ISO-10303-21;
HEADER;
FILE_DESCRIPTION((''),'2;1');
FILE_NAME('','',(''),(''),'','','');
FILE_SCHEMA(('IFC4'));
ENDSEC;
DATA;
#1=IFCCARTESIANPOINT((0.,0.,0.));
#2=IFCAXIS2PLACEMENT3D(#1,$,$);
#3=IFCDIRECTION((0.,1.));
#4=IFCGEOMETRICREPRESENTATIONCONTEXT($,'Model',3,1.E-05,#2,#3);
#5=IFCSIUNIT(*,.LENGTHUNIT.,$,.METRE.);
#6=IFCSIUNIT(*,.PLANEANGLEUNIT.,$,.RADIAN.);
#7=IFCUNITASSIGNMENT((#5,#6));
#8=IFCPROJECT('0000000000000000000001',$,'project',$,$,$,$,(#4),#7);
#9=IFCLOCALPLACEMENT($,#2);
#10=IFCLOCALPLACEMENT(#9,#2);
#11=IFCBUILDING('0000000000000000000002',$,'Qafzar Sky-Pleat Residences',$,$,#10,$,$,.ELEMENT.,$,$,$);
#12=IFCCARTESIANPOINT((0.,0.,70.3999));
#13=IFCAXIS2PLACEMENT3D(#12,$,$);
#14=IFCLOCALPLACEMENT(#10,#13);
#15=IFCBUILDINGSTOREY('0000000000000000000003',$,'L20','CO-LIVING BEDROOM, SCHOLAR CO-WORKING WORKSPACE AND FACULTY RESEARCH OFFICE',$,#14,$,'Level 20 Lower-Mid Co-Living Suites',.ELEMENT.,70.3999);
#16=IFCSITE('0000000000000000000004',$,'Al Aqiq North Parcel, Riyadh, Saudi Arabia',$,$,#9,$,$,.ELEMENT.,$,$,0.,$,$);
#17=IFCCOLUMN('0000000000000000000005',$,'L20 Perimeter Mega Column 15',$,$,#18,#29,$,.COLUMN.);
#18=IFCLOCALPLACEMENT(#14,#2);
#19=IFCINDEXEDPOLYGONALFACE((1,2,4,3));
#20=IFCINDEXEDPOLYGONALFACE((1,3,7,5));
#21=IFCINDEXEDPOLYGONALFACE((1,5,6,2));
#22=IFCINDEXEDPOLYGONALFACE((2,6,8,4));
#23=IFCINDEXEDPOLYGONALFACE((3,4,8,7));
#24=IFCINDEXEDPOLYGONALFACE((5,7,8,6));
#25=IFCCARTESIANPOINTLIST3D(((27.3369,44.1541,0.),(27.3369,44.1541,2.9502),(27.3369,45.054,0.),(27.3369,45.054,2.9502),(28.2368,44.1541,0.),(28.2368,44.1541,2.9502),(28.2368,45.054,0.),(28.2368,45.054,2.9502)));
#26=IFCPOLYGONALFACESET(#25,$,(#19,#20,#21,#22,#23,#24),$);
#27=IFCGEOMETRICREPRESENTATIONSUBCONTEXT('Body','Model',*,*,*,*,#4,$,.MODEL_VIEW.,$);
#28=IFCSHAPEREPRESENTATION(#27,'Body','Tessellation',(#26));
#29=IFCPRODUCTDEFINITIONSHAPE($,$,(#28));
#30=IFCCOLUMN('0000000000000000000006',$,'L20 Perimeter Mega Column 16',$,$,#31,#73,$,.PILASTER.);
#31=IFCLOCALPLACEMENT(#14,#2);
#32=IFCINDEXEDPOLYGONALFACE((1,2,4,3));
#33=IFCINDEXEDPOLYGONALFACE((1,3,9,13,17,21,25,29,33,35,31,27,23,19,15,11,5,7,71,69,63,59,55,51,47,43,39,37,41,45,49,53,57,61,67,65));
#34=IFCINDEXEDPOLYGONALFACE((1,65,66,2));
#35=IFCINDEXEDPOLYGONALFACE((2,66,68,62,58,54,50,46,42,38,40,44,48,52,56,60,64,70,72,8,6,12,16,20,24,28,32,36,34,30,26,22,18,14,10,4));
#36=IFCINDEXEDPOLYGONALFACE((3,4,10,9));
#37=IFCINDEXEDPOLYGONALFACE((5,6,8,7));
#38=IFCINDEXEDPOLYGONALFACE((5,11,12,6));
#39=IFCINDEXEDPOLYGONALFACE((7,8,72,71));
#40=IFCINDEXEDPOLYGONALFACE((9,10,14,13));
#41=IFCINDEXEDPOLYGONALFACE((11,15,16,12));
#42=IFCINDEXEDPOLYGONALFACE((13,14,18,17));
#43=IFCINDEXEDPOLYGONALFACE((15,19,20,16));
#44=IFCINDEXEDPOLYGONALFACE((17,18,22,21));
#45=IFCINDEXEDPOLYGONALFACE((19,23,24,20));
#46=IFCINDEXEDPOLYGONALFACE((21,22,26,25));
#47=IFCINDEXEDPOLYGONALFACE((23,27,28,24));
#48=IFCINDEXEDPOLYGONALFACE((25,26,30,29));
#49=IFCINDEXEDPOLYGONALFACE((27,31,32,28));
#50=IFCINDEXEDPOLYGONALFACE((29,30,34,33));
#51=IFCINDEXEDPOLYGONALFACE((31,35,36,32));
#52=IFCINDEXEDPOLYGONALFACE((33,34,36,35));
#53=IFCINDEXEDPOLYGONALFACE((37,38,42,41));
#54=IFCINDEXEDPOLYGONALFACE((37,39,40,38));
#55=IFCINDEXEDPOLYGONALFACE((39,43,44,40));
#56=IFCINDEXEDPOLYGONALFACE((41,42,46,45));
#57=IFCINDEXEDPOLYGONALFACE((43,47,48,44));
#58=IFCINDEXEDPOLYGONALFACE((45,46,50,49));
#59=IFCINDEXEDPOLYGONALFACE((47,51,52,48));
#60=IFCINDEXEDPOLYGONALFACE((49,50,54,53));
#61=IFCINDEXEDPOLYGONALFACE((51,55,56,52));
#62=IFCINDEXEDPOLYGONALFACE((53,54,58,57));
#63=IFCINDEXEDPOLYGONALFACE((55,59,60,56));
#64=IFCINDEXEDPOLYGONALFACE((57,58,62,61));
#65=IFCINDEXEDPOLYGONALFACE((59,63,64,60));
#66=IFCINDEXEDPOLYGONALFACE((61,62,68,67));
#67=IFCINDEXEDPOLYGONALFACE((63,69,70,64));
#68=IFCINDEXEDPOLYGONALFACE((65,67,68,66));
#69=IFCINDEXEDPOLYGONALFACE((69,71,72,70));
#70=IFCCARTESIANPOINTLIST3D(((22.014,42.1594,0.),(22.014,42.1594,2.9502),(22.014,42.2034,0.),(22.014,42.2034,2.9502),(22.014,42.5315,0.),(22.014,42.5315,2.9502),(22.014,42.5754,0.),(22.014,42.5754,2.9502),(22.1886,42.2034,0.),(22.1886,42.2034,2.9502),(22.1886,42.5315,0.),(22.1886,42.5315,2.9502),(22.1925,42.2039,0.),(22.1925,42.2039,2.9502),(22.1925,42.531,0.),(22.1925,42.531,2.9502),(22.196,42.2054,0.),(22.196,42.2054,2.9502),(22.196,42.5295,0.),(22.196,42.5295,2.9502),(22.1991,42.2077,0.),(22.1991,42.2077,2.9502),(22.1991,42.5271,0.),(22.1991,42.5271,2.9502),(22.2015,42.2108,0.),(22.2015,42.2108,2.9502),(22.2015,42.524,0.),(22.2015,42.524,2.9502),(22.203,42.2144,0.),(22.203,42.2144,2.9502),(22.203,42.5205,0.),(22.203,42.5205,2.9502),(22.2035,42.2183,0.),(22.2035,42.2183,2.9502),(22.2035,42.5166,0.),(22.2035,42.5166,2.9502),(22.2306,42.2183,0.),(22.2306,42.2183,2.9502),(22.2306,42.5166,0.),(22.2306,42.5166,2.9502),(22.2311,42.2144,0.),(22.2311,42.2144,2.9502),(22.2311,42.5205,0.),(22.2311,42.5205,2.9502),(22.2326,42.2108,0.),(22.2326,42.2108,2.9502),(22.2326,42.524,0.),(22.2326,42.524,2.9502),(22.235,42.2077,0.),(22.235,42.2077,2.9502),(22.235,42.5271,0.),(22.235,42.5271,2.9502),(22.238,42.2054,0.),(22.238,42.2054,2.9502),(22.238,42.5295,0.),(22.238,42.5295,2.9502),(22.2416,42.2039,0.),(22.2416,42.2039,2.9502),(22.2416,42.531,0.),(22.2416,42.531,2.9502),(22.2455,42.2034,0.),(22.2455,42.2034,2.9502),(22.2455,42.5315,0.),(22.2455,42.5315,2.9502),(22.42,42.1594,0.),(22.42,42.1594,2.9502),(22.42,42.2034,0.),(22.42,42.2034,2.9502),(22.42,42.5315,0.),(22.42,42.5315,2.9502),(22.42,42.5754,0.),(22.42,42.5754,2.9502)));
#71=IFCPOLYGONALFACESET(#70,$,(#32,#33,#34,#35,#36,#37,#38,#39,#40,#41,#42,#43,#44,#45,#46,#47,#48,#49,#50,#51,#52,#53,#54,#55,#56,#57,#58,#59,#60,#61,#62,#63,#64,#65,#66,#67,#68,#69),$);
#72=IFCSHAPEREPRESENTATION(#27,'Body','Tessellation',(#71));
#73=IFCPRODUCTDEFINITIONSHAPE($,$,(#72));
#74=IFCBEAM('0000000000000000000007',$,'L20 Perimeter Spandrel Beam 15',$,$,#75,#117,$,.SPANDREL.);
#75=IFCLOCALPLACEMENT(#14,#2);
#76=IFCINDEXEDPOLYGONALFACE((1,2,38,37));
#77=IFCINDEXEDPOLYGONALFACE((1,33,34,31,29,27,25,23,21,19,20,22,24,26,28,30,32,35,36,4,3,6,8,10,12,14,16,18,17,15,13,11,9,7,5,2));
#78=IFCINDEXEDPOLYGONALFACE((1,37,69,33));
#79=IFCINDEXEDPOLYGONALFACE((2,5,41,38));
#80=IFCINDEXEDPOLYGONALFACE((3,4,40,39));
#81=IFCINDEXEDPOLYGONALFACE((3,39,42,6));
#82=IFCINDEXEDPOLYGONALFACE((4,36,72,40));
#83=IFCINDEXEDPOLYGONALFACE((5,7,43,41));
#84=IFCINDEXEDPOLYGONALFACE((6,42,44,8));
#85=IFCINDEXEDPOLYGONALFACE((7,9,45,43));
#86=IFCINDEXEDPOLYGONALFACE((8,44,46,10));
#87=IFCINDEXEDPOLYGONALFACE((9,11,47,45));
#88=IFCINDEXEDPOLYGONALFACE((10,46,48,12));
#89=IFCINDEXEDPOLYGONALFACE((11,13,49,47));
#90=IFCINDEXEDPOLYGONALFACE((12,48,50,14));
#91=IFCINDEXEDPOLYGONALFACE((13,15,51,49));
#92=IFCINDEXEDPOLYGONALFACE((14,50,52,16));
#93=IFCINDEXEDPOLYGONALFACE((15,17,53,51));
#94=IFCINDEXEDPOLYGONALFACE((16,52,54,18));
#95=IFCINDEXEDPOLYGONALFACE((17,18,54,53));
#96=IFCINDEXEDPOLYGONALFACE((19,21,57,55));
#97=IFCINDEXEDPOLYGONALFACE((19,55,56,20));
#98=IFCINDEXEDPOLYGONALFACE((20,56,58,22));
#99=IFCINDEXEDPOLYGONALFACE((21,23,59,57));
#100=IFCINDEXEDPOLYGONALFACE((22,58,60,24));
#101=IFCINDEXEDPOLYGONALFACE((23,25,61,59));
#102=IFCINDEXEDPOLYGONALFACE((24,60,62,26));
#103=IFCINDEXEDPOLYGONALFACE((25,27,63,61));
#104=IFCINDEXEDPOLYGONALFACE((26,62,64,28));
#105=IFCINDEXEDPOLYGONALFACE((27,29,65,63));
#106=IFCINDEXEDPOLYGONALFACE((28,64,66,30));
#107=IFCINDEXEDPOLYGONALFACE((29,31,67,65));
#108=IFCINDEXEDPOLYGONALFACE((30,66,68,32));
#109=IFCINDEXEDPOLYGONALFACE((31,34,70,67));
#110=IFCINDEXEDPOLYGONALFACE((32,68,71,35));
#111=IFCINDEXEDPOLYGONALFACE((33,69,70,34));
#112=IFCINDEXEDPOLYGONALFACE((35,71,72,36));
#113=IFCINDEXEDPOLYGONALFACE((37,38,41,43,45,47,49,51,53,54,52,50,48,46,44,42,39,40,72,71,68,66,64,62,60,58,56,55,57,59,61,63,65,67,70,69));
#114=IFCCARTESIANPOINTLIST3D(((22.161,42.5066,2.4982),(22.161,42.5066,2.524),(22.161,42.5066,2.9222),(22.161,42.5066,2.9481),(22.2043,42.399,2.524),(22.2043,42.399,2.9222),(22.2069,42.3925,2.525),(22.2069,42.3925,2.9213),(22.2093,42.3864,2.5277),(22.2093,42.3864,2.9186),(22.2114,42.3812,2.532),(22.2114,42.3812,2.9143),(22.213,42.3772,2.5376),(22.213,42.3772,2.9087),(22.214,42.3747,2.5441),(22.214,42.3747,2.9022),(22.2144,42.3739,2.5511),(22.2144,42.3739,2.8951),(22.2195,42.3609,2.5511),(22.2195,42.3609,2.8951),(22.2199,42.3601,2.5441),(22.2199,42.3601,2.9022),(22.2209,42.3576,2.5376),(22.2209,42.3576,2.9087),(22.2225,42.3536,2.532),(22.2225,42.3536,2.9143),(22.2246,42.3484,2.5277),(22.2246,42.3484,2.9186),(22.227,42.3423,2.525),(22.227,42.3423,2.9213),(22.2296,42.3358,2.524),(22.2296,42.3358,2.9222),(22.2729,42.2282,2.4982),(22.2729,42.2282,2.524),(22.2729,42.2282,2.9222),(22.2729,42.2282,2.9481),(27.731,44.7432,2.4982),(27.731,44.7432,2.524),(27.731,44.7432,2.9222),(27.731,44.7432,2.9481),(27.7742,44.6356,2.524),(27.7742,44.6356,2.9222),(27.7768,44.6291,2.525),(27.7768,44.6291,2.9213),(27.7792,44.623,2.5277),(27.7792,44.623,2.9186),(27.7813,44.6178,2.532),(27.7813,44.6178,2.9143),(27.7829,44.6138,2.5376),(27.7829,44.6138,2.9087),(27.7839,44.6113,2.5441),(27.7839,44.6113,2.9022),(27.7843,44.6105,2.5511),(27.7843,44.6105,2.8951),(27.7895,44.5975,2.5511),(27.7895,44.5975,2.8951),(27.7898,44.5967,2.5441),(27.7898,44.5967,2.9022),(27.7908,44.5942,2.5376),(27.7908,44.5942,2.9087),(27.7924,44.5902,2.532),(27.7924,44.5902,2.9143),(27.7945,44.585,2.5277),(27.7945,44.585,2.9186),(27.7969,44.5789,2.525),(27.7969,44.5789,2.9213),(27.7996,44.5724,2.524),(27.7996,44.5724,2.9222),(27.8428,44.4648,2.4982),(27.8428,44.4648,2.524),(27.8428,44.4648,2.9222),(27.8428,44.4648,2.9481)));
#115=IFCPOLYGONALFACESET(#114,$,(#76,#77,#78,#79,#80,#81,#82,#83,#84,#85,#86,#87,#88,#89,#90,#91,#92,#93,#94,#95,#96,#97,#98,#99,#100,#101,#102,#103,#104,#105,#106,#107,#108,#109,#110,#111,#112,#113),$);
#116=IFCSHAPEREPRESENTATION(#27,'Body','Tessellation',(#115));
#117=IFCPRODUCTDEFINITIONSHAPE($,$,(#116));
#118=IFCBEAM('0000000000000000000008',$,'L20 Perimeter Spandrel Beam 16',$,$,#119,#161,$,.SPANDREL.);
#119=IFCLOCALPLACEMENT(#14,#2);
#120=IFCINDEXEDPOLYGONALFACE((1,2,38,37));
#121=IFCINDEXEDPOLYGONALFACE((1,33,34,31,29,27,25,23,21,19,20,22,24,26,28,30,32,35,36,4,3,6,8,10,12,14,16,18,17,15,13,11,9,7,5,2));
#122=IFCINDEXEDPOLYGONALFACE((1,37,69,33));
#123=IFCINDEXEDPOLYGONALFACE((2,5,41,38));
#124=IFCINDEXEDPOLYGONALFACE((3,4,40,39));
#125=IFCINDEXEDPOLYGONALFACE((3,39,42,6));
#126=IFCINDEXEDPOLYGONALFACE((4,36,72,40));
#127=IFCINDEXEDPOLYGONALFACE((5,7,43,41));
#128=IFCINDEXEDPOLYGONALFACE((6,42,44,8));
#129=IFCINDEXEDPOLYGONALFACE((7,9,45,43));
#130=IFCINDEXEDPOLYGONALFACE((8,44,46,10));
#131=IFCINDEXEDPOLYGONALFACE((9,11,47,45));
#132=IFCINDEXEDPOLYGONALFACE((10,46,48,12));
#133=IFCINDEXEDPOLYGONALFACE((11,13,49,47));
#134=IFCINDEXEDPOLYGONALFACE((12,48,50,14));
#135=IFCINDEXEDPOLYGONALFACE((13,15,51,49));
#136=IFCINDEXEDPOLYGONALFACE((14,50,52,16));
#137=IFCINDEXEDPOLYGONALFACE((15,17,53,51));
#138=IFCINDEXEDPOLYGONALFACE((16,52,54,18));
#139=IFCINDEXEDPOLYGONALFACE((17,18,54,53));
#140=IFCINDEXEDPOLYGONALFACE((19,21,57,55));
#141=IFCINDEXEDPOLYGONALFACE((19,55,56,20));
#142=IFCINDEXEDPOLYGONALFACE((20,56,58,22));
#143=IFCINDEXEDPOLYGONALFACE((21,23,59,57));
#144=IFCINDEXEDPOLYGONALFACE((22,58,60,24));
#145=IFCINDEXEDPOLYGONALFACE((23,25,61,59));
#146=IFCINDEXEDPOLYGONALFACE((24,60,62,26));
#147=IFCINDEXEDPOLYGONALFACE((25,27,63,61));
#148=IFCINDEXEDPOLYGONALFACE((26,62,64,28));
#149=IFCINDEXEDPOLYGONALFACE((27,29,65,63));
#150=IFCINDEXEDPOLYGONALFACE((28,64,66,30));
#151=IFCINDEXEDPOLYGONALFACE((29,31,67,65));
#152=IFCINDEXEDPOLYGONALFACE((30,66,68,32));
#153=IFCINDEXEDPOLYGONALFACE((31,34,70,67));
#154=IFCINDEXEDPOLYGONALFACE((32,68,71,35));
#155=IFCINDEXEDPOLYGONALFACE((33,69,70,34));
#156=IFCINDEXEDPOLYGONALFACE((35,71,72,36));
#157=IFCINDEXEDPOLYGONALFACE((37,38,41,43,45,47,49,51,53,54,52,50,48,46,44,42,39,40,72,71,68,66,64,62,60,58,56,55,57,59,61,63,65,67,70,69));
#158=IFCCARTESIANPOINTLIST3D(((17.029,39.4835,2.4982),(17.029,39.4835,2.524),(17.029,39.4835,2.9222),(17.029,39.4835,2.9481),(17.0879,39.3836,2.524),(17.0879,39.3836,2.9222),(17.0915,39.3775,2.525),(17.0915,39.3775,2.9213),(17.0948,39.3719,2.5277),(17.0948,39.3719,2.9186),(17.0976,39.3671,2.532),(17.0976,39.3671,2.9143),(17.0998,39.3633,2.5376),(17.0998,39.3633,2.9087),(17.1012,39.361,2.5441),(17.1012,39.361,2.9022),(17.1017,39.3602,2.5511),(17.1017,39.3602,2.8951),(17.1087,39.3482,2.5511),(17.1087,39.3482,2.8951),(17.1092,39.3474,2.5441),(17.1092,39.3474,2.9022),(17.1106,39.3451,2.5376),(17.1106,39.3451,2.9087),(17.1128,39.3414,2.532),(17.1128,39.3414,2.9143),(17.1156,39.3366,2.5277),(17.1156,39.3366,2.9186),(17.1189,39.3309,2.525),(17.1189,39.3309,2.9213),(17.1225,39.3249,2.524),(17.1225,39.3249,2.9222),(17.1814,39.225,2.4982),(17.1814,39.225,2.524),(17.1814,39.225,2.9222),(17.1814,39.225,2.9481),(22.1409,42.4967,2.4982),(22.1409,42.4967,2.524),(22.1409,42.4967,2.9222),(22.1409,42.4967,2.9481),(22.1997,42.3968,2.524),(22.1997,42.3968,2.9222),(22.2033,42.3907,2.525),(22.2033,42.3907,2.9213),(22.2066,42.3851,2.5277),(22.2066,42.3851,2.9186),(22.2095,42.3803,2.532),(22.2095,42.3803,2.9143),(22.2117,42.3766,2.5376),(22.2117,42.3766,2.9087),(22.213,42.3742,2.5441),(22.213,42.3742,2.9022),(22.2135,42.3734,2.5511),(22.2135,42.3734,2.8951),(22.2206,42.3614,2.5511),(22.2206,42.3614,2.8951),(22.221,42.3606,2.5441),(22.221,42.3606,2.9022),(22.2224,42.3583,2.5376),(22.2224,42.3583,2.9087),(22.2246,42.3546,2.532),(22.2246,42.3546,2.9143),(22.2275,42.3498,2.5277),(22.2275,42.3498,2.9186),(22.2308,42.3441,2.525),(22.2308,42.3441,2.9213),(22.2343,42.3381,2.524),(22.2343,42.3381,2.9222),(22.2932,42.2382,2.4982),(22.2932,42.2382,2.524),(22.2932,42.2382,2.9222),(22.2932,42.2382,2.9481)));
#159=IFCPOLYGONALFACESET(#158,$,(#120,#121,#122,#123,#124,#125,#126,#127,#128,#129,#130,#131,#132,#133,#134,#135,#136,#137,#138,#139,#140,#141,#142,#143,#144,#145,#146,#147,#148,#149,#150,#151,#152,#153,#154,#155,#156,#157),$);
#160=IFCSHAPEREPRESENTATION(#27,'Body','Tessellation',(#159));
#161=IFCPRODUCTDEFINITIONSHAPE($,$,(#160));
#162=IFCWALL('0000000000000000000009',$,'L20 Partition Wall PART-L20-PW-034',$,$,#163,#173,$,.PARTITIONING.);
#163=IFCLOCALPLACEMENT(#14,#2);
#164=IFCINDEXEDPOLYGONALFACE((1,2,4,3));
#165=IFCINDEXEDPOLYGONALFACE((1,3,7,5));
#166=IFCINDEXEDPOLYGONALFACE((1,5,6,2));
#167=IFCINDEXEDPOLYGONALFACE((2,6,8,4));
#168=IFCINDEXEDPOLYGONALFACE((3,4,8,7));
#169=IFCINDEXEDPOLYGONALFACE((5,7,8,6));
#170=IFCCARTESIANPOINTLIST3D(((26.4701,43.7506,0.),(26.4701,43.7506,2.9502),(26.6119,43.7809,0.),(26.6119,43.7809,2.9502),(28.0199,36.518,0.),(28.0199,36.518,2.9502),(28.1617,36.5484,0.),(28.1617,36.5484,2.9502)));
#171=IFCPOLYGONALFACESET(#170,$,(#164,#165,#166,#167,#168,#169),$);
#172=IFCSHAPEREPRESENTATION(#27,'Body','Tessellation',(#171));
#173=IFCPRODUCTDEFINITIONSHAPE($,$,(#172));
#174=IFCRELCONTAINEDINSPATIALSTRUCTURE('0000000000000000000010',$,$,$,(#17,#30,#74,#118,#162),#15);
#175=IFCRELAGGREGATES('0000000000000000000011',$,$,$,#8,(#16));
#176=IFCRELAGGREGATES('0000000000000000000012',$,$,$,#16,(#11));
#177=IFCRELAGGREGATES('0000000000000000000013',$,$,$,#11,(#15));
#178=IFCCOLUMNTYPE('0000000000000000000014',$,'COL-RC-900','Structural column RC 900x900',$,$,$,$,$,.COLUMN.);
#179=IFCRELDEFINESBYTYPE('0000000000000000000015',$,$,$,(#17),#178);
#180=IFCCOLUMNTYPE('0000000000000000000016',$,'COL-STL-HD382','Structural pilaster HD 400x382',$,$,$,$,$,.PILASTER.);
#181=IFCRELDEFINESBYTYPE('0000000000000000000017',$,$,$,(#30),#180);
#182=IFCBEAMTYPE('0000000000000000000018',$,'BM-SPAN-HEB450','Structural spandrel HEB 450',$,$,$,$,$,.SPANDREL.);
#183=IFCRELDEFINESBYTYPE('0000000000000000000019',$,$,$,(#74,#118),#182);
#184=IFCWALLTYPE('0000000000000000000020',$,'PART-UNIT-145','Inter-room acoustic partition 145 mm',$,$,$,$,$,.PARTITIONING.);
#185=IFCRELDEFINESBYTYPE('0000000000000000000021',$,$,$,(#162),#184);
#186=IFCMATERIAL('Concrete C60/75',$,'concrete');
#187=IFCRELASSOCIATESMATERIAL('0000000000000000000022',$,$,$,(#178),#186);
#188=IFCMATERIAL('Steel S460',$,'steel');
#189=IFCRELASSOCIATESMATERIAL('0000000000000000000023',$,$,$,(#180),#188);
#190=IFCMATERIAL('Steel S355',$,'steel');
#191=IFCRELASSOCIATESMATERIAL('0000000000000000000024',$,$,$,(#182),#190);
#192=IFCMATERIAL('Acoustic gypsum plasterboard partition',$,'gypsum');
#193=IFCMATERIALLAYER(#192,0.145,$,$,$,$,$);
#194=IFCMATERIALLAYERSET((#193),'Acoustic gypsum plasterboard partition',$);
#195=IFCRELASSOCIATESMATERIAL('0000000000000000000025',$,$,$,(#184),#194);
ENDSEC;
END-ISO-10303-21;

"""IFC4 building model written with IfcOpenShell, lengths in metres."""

from ifc_helpers import new_model, si_unit, direction, frame, frame_2d, origin, origin_2d, place, context, subcontext, project, spatial, rectangle, i_section, extrude, source, transform, mapped, material, layer, layer_set, material_profile, profile_set, type_object, element, save


model = new_model("IFC4")

# Units and contexts
model_context = context("Model", 3, precision=1e-05, world=origin(), true_north=direction((0.0, 1.0)))
body_context = subcontext(model_context, "Body", "Model", "MODEL_VIEW")
ifc_project = project(units=[si_unit("LENGTHUNIT", "METRE"), si_unit("PLANEANGLEUNIT", "RADIAN")], contexts=[model_context])

# Site, building, storey
site_placement = place(None, origin())
site = spatial("IfcSite", under=ifc_project, at=site_placement, Name="Al Aqiq North Parcel, Riyadh, Saudi Arabia", CompositionType="ELEMENT", RefElevation=0.0)
building_placement = place(site_placement, origin())
building = spatial("IfcBuilding", under=site, at=building_placement, Name="Qafzar Sky-Pleat Residences", CompositionType="ELEMENT")
storey_placement = place(building_placement, frame((0.0, 0.0, 70.3999)))
storey = spatial("IfcBuildingStorey", under=building, at=storey_placement, Name="L20", Description="CO-LIVING BEDROOM, SCHOLAR CO-WORKING WORKSPACE AND FACULTY RESEARCH OFFICE", LongName="Level 20 Lower-Mid Co-Living Suites", CompositionType="ELEMENT", Elevation=70.3999)

# Columns
ifc_material_1 = material(Name="Concrete C60/75", Category="concrete")
ifc_material_profile_1 = material_profile(ifc_material_1, rectangle(XDim=0.8999, YDim=0.8999, at=origin_2d()), Name="RC 900x900")
ifc_profile_set_1 = profile_set([ifc_material_profile_1], Name="Concrete C60/75")
column_type_1 = type_object("IfcColumnType", Name="COL-RC-900", Description="Structural column RC 900x900", PredefinedType="COLUMN", material=ifc_profile_set_1)
shared_shape_1 = source(origin(), body_context, "Body", "SweptSolid", [
    extrude(rectangle(XDim=0.8999, YDim=0.8999, at=origin_2d()), origin(), (0.0, 0.0, 1.0), 2.9502),
])
column_1_placement = place(storey_placement, frame((27.7869, 44.604, 0.0), z_axis=(0.0, 0.0, 1.0), x_axis=(1.0, 0.0, 0.0)))
element("IfcColumn", 1, at=column_1_placement, inside=storey, type_object=column_type_1, Name="L20 Perimeter Mega Column 15", PredefinedType="COLUMN", context=body_context, shape_type="MappedRepresentation", body=[
    mapped(shared_shape_1, transform((0.0, 0.0, 0.0), x_axis=(1.0, 0.0, 0.0), y_axis=(0.0, 1.0, 0.0), z_axis=(0.0, 0.0, 1.0), scale=1.0)),
])
ifc_material_2 = material(Name="Steel S460", Category="steel")
ifc_material_profile_2 = material_profile(ifc_material_2, i_section(OverallWidth=0.406, OverallDepth=0.416, WebThickness=0.0271, FlangeThickness=0.0439, FilletRadius=0.0149, at=origin_2d()), Name="HD 400x382")
ifc_profile_set_2 = profile_set([ifc_material_profile_2], Name="Steel S460")
column_type_2 = type_object("IfcColumnType", Name="COL-STL-HD382", Description="Structural pilaster HD 400x382", PredefinedType="PILASTER", material=ifc_profile_set_2)
shared_shape_2 = source(origin(), body_context, "Body", "SweptSolid", [
    extrude(i_section(OverallWidth=0.406, OverallDepth=0.416, WebThickness=0.0271, FlangeThickness=0.0439, FilletRadius=0.0149, at=origin_2d()), origin(), (0.0, 0.0, 1.0), 2.9502),
])
column_2_placement = place(storey_placement, frame((22.217, 42.3674, 0.0), z_axis=(0.0, 0.0, 1.0), x_axis=(1.0, 0.0, 0.0)))
element("IfcColumn", 2, at=column_2_placement, inside=storey, type_object=column_type_2, Name="L20 Perimeter Mega Column 16", PredefinedType="PILASTER", context=body_context, shape_type="MappedRepresentation", body=[
    mapped(shared_shape_2, transform((0.0, 0.0, 0.0), x_axis=(1.0, 0.0, 0.0), y_axis=(0.0, 1.0, 0.0), z_axis=(0.0, 0.0, 1.0), scale=1.0)),
])

# Beams
ifc_material_3 = material(Name="Steel S355", Category="steel")
ifc_material_profile_3 = material_profile(ifc_material_3, i_section(OverallWidth=0.3, OverallDepth=0.45, WebThickness=0.0139, FlangeThickness=0.0259, FilletRadius=0.0271, at=origin_2d()), Name="HEB 450")
ifc_profile_set_3 = profile_set([ifc_material_profile_3], Name="Steel S355")
beam_type = type_object("IfcBeamType", Name="BM-SPAN-HEB450", Description="Structural spandrel HEB 450", PredefinedType="SPANDREL", material=ifc_profile_set_3)
shared_shape_3 = source(origin(), body_context, "Body", "SweptSolid", [
    extrude(i_section(OverallWidth=0.3, OverallDepth=0.45, WebThickness=0.0139, FlangeThickness=0.0259, FilletRadius=0.0271, at=origin_2d()), origin(), (0.0, 0.0, 1.0), 6.0022),
])
beam_1_placement = place(storey_placement, frame((27.7869, 44.604, 2.7231), z_axis=(-0.927979, -0.372632, 0.0), x_axis=(0.372632, -0.927979, 0.0)))
element("IfcBeam", 3, at=beam_1_placement, inside=storey, type_object=beam_type, Name="L20 Perimeter Spandrel Beam 15", PredefinedType="SPANDREL", context=body_context, shape_type="MappedRepresentation", body=[
    mapped(shared_shape_3, transform((0.0, 0.0, 0.0), x_axis=(1.0, 0.0, 0.0), y_axis=(0.0, 1.0, 0.0), z_axis=(0.0, 0.0, 1.0), scale=1.0)),
])
shared_shape_4 = source(origin(), body_context, "Body", "SweptSolid", [
    extrude(i_section(OverallWidth=0.3, OverallDepth=0.45, WebThickness=0.0139, FlangeThickness=0.0259, FilletRadius=0.0271, at=origin_2d()), origin(), (0.0, 0.0, 1.0), 5.9338),
])
beam_2_placement = place(storey_placement, frame((22.217, 42.3674, 2.7231), z_axis=(-0.861475, -0.5078, 0.0), x_axis=(0.5078, -0.861475, 0.0)))
element("IfcBeam", 4, at=beam_2_placement, inside=storey, type_object=beam_type, Name="L20 Perimeter Spandrel Beam 16", PredefinedType="SPANDREL", context=body_context, shape_type="MappedRepresentation", body=[
    mapped(shared_shape_4, transform((0.0, 0.0, 0.0), x_axis=(1.0, 0.0, 0.0), y_axis=(0.0, 1.0, 0.0), z_axis=(0.0, 0.0, 1.0), scale=1.0)),
])

# Wall
ifc_material_4 = material(Name="Acoustic gypsum plasterboard partition", Category="gypsum")
ifc_layer_1 = layer(ifc_material_4, 0.145)
ifc_layer_set_1 = layer_set([ifc_layer_1], Name="Acoustic gypsum plasterboard partition")
wall_type_1 = type_object("IfcWallType", Name="PART-UNIT-145", Description="Inter-room acoustic partition 145 mm", PredefinedType="PARTITIONING", material=ifc_layer_set_1)
wall_1_placement = place(storey_placement, frame((26.541, 43.7656, 0.0), z_axis=(0.0, 0.0, 1.0), x_axis=(0.209522, -0.977804, 0.0)))
element("IfcWall", 5, at=wall_1_placement, inside=storey, type_object=wall_type_1, Name="L20 Partition Wall PART-L20-PW-034", PredefinedType="PARTITIONING", context=body_context, shape_type="SweptSolid", body=[
    extrude(rectangle(XDim=7.3967, YDim=0.145, at=frame_2d((3.6982, 0.0))), origin(), (0.0, 0.0, 1.0), 2.9502),
])

save(model, "model.ifc")
